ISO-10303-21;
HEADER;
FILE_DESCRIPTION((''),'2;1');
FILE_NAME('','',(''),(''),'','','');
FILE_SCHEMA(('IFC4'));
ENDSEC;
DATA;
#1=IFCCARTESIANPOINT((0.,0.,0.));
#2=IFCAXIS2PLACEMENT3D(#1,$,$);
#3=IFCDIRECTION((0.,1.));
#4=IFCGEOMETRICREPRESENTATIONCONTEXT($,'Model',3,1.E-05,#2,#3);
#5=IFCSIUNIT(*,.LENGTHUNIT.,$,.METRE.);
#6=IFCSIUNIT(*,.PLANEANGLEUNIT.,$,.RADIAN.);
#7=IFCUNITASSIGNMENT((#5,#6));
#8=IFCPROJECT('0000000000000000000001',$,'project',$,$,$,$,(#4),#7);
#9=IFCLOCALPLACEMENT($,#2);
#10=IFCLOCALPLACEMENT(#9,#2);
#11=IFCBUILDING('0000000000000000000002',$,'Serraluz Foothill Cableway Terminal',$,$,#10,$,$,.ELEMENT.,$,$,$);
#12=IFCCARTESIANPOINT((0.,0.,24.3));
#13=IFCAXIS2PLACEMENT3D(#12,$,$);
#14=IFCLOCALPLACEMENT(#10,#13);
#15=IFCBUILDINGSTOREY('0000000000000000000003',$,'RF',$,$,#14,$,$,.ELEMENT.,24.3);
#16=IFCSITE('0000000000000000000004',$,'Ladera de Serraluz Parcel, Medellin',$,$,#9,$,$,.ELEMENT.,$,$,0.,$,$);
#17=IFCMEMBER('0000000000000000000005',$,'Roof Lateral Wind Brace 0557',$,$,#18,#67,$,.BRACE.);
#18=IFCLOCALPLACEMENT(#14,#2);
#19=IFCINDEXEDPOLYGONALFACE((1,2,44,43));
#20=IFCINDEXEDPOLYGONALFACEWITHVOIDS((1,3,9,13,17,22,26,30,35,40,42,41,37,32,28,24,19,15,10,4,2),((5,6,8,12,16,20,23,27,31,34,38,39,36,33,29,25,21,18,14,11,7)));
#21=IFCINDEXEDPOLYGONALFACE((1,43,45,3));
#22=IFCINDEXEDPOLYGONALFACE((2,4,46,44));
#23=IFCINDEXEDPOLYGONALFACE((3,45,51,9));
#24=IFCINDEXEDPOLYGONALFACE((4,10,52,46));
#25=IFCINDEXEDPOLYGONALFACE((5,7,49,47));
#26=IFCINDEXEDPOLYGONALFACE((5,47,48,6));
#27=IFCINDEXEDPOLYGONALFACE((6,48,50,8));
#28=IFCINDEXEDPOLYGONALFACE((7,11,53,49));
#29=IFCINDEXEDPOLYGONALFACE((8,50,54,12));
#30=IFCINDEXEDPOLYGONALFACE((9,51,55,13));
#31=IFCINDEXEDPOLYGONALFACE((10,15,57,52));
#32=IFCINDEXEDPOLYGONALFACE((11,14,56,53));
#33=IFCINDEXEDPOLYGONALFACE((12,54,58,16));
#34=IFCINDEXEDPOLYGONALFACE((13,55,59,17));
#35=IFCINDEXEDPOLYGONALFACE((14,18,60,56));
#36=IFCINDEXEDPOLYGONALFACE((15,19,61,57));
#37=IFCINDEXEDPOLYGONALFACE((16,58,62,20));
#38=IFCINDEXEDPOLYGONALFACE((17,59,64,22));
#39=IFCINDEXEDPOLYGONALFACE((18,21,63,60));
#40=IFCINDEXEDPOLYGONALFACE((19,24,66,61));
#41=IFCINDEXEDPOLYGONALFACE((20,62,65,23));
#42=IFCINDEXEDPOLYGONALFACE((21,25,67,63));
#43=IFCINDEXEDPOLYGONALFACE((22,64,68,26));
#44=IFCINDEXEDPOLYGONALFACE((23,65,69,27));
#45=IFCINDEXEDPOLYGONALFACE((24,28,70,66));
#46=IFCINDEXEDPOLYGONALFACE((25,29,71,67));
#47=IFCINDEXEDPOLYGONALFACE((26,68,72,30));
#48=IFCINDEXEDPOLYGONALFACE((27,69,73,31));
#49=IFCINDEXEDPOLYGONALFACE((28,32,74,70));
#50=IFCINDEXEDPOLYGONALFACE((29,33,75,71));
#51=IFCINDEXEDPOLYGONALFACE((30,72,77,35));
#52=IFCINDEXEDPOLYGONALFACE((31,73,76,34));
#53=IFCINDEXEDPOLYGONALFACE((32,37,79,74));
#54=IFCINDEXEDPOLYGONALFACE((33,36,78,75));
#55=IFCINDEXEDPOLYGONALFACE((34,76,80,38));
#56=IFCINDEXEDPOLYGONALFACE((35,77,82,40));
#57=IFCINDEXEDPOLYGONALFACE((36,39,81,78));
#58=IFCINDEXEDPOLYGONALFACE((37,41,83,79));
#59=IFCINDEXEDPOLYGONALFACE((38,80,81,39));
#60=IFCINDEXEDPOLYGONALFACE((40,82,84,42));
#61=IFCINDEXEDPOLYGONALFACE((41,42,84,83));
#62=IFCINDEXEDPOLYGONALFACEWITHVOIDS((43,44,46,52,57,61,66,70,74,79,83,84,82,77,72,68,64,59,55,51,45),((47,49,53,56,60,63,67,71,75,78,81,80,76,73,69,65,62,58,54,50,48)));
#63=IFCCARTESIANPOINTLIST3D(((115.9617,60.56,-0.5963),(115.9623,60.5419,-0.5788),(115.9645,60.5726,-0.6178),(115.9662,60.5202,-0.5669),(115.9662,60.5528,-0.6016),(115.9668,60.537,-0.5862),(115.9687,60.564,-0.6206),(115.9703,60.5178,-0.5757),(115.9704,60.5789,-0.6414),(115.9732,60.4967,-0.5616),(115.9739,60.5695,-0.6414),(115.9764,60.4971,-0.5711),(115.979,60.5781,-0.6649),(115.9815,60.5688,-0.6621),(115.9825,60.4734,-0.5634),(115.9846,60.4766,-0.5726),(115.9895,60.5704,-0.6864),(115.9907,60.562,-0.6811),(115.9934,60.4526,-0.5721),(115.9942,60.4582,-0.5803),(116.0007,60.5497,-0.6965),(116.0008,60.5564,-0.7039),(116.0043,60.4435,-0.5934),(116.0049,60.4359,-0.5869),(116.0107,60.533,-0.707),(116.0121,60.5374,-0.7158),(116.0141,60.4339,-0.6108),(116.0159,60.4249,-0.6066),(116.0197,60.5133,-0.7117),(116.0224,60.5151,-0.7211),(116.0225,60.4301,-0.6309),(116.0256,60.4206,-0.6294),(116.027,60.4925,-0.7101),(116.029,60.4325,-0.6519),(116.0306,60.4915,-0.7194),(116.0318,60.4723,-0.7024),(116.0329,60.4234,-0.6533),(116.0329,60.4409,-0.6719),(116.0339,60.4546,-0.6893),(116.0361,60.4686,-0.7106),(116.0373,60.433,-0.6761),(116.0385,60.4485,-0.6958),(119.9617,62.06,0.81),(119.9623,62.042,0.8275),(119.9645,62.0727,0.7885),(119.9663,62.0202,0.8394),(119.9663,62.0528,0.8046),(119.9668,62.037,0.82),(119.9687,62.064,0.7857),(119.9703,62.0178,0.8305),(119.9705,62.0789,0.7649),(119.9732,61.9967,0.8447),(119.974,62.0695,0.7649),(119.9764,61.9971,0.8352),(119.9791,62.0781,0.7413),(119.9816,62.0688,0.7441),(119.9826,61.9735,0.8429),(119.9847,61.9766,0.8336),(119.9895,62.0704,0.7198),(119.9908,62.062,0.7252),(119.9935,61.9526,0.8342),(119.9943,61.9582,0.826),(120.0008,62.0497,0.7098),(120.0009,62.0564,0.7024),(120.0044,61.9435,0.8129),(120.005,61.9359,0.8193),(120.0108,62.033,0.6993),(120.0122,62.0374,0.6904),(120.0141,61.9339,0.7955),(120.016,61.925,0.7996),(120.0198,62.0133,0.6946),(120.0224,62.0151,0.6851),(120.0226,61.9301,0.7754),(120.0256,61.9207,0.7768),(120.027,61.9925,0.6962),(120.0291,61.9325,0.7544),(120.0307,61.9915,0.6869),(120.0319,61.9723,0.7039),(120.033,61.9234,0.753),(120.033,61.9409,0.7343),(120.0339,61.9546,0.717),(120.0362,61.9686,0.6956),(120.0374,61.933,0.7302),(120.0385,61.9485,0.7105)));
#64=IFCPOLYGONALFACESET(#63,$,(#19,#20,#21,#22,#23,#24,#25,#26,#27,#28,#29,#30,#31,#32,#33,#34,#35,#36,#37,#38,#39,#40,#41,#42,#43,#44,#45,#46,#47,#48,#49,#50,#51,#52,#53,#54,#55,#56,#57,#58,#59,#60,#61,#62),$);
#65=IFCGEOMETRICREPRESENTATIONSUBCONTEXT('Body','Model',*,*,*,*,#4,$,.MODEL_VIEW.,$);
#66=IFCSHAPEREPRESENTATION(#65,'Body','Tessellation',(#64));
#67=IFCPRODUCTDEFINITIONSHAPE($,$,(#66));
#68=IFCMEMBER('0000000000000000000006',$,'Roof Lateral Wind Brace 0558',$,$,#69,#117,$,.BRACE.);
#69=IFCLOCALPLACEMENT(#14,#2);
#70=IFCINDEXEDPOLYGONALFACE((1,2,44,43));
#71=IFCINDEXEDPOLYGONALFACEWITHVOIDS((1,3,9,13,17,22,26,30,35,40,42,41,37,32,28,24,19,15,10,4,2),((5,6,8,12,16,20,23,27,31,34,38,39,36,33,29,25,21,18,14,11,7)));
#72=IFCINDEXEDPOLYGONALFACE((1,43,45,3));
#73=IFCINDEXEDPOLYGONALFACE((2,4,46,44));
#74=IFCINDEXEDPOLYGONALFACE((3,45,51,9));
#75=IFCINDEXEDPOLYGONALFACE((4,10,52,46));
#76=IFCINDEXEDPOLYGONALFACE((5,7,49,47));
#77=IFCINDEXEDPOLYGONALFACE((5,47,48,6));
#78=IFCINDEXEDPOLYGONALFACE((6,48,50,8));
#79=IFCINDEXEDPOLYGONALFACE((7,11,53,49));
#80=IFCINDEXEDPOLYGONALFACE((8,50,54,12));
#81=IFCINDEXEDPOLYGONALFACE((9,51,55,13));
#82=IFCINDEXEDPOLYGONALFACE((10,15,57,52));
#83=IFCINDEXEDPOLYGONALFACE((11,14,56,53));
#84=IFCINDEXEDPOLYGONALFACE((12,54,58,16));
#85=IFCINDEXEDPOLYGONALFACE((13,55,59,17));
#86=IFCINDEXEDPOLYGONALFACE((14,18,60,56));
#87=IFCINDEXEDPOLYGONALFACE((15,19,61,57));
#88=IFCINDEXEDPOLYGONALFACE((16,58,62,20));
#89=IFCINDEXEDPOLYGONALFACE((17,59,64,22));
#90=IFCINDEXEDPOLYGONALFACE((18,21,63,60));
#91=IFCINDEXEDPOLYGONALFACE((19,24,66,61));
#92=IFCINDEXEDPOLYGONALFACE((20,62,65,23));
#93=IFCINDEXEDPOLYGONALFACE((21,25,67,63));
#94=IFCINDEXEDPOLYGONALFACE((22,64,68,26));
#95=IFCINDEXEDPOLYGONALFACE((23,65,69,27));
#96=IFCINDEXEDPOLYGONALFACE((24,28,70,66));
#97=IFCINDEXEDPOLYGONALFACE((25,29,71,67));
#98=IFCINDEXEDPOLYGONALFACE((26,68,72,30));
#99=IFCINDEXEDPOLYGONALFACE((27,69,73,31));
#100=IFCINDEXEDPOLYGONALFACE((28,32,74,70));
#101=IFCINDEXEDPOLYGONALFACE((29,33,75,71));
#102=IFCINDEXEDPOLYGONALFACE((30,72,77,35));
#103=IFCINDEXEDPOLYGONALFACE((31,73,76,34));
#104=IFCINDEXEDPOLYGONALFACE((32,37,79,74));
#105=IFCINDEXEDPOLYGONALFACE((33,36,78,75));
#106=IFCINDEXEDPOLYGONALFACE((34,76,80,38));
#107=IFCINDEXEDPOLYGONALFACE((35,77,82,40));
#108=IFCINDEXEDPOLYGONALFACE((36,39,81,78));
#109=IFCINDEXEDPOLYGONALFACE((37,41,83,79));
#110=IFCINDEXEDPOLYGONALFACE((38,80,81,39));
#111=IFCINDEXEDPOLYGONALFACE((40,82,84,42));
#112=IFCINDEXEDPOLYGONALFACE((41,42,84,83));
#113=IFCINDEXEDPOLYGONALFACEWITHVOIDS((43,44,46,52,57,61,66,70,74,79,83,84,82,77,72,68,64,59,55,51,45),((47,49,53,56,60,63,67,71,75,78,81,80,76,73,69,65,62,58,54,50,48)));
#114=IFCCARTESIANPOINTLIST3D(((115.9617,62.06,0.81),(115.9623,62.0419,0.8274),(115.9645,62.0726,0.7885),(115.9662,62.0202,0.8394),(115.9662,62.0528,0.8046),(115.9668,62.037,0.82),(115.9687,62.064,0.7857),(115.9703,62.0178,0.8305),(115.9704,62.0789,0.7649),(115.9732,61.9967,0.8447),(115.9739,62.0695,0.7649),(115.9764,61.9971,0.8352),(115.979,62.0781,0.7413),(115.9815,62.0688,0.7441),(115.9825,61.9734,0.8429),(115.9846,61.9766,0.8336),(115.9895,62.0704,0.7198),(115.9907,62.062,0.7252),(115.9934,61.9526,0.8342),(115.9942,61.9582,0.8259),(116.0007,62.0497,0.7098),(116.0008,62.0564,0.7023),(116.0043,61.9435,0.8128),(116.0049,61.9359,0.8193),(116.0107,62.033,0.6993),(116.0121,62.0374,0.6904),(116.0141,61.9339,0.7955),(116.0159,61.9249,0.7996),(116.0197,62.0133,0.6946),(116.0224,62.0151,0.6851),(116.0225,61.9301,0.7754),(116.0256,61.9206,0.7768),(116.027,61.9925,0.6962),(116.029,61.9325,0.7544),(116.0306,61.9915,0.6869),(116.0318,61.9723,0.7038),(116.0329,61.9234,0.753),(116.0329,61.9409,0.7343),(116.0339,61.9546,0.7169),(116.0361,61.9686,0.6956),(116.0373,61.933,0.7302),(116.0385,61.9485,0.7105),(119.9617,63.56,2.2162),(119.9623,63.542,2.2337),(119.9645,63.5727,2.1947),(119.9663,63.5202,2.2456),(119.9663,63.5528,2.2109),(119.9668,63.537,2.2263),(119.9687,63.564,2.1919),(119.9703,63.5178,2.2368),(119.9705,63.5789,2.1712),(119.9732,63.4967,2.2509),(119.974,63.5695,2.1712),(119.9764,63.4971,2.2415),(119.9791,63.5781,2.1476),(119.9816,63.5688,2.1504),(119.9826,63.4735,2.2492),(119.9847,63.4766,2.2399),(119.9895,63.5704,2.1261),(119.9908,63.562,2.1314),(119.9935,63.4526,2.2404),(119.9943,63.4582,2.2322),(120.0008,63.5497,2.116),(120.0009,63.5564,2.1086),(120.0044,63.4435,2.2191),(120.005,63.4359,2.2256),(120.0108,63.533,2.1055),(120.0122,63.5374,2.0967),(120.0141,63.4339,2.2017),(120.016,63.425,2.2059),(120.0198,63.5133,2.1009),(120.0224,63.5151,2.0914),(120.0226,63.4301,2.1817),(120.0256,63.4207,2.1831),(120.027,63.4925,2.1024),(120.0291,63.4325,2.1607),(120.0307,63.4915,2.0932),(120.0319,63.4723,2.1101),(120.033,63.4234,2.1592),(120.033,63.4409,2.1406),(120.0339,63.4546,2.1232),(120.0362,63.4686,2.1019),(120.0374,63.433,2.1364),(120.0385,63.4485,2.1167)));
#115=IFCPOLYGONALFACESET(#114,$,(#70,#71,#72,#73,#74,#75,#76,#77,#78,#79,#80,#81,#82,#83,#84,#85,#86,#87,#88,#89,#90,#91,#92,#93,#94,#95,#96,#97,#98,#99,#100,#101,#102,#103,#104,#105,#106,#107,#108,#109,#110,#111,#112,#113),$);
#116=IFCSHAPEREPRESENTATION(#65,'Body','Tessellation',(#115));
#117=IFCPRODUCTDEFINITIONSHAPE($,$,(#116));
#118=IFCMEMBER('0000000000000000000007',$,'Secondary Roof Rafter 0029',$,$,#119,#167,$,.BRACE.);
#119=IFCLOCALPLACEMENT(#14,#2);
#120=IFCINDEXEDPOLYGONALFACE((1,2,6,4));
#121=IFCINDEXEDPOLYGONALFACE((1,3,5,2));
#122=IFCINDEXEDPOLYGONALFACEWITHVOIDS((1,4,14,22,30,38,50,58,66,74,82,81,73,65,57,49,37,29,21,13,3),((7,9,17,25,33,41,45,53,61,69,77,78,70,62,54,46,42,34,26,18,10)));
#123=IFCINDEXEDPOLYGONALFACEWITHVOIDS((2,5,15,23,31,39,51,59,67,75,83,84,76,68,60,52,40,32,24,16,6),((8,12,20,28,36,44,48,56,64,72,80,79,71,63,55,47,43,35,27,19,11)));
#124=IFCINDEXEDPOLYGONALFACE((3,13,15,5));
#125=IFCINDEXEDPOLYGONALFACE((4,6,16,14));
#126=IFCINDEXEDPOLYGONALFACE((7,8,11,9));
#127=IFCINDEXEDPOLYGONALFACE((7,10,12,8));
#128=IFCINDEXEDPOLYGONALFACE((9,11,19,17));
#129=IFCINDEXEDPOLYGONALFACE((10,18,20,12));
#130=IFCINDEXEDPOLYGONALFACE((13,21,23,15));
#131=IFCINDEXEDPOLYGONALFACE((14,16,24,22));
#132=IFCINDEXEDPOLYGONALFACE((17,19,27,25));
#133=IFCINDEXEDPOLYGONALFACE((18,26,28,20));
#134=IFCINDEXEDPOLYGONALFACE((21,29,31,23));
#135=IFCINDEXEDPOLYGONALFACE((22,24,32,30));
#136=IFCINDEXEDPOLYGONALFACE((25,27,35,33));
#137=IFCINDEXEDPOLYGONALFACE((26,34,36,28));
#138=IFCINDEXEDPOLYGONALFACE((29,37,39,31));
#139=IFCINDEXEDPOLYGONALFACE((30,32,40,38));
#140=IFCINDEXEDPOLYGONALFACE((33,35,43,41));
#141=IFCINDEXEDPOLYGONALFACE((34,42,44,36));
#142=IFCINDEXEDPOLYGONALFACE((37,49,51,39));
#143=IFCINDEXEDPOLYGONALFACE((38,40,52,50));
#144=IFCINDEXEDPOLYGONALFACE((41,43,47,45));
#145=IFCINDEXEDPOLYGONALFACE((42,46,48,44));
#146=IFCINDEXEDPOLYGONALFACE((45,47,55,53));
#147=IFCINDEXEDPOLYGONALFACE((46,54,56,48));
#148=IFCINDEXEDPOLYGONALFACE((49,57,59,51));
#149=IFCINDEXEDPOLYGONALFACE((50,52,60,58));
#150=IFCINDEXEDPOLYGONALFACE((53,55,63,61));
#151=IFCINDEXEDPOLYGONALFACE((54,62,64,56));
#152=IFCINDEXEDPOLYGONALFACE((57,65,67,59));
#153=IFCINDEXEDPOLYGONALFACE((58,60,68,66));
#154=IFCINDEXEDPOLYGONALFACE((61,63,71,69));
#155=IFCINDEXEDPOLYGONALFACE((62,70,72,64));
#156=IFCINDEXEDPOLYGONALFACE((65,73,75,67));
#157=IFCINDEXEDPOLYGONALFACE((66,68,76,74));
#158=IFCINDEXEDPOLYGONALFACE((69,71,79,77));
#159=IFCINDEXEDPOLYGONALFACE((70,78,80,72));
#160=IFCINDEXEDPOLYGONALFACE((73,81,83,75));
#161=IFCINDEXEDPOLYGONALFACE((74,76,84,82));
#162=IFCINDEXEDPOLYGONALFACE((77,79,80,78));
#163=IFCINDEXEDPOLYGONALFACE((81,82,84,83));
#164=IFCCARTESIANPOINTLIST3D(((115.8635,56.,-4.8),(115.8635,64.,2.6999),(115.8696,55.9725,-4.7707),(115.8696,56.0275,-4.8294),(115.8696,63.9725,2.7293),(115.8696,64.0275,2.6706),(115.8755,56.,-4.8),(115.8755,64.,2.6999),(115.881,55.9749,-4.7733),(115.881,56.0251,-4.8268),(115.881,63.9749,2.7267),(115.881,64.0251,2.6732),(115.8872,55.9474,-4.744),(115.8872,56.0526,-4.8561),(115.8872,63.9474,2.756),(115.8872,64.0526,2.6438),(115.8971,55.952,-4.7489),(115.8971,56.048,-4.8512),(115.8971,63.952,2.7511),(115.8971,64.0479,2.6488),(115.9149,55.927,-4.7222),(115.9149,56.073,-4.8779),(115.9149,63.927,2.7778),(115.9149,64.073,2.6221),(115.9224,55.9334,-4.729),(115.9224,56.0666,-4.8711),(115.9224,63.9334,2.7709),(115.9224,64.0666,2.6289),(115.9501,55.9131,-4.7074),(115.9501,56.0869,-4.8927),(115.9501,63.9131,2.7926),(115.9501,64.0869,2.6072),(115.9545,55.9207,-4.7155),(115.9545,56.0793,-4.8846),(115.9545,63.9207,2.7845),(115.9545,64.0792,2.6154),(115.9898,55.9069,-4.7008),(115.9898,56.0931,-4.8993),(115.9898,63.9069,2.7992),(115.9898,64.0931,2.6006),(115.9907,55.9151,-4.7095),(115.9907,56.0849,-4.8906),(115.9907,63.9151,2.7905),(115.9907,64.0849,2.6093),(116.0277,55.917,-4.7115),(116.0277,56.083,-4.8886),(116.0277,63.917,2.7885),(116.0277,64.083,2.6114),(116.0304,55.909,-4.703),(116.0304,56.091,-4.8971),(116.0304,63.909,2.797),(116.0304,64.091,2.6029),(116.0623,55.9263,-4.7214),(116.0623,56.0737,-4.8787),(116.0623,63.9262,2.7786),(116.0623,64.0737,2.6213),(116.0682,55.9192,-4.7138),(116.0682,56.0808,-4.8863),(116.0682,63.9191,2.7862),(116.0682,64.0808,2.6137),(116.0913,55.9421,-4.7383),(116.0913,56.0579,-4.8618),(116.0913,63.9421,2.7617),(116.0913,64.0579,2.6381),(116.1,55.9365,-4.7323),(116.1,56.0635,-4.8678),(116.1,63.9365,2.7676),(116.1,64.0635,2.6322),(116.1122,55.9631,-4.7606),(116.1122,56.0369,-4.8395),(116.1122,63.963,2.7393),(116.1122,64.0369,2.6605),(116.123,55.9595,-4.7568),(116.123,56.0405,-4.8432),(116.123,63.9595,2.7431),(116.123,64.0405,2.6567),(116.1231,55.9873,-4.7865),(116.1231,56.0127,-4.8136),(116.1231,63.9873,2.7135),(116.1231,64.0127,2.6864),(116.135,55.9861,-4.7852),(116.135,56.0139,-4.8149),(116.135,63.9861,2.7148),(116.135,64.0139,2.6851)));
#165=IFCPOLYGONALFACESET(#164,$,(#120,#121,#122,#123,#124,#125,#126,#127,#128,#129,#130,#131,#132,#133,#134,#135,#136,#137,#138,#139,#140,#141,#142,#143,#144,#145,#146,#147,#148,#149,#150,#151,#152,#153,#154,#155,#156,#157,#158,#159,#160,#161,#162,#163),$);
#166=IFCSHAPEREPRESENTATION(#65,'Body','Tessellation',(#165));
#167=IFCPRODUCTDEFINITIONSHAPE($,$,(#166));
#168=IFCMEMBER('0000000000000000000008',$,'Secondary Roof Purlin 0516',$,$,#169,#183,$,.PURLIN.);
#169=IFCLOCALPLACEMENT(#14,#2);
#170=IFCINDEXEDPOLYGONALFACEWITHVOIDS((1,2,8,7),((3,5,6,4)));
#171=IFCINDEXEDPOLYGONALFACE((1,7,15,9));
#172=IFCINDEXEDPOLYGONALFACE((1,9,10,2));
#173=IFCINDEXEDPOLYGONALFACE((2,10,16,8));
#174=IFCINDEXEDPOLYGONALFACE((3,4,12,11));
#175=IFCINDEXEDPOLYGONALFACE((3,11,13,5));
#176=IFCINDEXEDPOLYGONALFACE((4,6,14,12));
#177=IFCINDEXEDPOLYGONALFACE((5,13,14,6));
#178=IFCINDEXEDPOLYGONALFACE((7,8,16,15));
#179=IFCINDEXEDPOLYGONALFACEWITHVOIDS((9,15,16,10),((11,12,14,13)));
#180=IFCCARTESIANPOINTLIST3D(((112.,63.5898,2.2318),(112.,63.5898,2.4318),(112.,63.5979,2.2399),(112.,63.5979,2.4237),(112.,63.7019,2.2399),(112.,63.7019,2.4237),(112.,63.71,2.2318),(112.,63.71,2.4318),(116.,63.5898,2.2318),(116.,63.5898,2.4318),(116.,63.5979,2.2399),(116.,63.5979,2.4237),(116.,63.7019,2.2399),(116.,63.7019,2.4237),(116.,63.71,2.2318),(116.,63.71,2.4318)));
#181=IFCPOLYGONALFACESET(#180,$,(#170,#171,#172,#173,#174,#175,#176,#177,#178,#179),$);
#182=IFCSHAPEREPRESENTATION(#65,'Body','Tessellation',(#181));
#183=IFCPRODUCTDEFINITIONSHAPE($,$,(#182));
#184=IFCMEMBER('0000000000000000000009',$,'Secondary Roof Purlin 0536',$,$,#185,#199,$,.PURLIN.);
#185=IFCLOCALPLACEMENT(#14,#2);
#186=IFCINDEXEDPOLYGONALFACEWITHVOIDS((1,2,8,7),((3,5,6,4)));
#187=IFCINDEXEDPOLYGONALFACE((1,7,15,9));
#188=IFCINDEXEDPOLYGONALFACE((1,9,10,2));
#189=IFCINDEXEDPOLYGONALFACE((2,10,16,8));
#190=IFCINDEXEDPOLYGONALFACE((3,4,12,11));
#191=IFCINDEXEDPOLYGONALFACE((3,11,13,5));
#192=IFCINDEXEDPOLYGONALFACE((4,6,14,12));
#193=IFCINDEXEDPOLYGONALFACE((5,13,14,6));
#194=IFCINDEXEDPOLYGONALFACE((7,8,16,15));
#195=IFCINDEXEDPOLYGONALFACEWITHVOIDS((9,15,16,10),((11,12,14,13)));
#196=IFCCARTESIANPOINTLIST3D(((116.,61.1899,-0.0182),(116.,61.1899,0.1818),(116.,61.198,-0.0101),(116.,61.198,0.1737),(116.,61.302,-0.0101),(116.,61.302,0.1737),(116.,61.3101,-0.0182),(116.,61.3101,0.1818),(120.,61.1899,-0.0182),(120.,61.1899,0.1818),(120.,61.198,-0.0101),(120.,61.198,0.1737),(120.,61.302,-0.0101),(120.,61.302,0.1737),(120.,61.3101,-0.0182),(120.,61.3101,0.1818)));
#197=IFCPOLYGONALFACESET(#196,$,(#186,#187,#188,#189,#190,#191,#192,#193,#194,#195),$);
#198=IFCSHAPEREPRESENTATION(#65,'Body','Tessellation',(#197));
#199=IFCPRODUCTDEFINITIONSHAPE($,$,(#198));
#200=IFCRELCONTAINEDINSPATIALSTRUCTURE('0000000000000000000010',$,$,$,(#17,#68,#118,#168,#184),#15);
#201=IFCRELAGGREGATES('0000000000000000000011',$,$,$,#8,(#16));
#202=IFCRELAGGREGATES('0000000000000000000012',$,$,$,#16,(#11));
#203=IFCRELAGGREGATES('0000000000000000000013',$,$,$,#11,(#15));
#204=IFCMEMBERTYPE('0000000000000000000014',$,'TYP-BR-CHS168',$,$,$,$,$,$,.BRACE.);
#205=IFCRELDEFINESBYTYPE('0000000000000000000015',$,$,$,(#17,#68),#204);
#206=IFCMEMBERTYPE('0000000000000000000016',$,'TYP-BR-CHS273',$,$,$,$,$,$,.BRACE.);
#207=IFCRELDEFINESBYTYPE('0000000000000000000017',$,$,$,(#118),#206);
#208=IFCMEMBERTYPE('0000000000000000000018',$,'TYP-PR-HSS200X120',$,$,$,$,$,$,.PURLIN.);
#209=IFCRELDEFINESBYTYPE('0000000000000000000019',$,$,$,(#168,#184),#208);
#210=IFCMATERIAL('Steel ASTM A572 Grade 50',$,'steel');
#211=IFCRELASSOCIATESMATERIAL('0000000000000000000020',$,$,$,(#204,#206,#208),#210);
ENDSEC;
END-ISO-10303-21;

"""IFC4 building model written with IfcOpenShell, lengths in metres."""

from ifc_helpers import new_model, si_unit, direction, frame, origin, origin_2d, place, context, subcontext, project, spatial, hollow_rectangle, hollow_circle, extrude, material, material_profile, profile_set, type_object, element, save


model = new_model("IFC4")

# Units and contexts
model_context = context("Model", 3, precision=1e-05, world=origin(), true_north=direction((0.0, 1.0)))
body_context = subcontext(model_context, "Body", "Model", "MODEL_VIEW")
ifc_project = project(units=[si_unit("LENGTHUNIT", "METRE"), si_unit("PLANEANGLEUNIT", "RADIAN")], contexts=[model_context])

# Site, building, storey
site_placement = place(None, origin())
site = spatial("IfcSite", under=ifc_project, at=site_placement, Name="Ladera de Serraluz Parcel, Medellin", CompositionType="ELEMENT", RefElevation=0.0)
building_placement = place(site_placement, origin())
building = spatial("IfcBuilding", under=site, at=building_placement, Name="Serraluz Foothill Cableway Terminal", CompositionType="ELEMENT")
storey_placement = place(building_placement, frame((0.0, 0.0, 24.3)))
storey = spatial("IfcBuildingStorey", under=building, at=storey_placement, Name="RF", CompositionType="ELEMENT", Elevation=24.3)

# Members
ifc_material_1 = material(Name="Steel ASTM A572 Grade 50", Category="steel")
ifc_material_profile_1 = material_profile(ifc_material_1, hollow_circle(Radius=0.0842, WallThickness=0.01, at=origin_2d()), Name="CHS168X10")
ifc_profile_set_1 = profile_set([ifc_material_profile_1], Name="Steel ASTM A572 Grade 50")
member_type_1 = type_object("IfcMemberType", Name="TYP-BR-CHS168", PredefinedType="BRACE", material=ifc_profile_set_1)
for number, where, z_axis, x_axis, name in (
    (1, (116.0, 60.5, -0.6414), (0.889382, 0.333518, 0.312673), (-0.351123, 0.936329, 0.0), "Roof Lateral Wind Brace 0557"),
    (2, (116.0, 62.0, 0.7649), (0.889382, 0.333518, 0.312673), (-0.351123, 0.936329, 0.0), "Roof Lateral Wind Brace 0558"),
):
    element("IfcMember", number, at=place(storey_placement, frame(where, z_axis=z_axis, x_axis=x_axis)), inside=storey, type_object=member_type_1, Name=name, PredefinedType="BRACE", context=body_context, shape_type="SweptSolid", body=[
        extrude(hollow_circle(Radius=0.0842, WallThickness=0.01, at=origin_2d()), origin(), (0.0, 0.0, 1.0), 4.4976),
    ])
ifc_material_profile_2 = material_profile(ifc_material_1, hollow_circle(Radius=0.1365, WallThickness=0.012, at=origin_2d()), Name="CHS273X12")
ifc_profile_set_2 = profile_set([ifc_material_profile_2], Name="Steel ASTM A572 Grade 50")
member_type_2 = type_object("IfcMemberType", Name="TYP-BR-CHS273", PredefinedType="BRACE", material=ifc_profile_set_2)
member_placement = place(storey_placement, frame((116.0, 56.0, -4.8), z_axis=(0.0, 0.729537, 0.683941), x_axis=(-1.0, 0.0, 0.0)))
element("IfcMember", 3, at=member_placement, inside=storey, type_object=member_type_2, Name="Secondary Roof Rafter 0029", PredefinedType="BRACE", context=body_context, shape_type="SweptSolid", body=[
    extrude(hollow_circle(Radius=0.1365, WallThickness=0.012, at=origin_2d()), origin(), (0.0, 0.0, 1.0), 10.9658),
])
ifc_material_profile_3 = material_profile(ifc_material_1, hollow_rectangle(XDim=0.1201, YDim=0.2, WallThickness=0.0081, at=origin_2d()), Name="HSS200X120X8")
ifc_profile_set_3 = profile_set([ifc_material_profile_3], Name="Steel ASTM A572 Grade 50")
member_type_3 = type_object("IfcMemberType", Name="TYP-PR-HSS200X120", PredefinedType="PURLIN", material=ifc_profile_set_3)
for number, where, z_axis, x_axis, name in (
    (4, (112.0, 63.6499, 2.3318), (1.0, 0.0, 0.0), (0.0, 1.0, 0.0), "Secondary Roof Purlin 0516"),
    (5, (116.0, 61.25, 0.0818), (1.0, 0.0, 0.0), (0.0, 1.0, 0.0), "Secondary Roof Purlin 0536"),
):
    element("IfcMember", number, at=place(storey_placement, frame(where, z_axis=z_axis, x_axis=x_axis)), inside=storey, type_object=member_type_3, Name=name, PredefinedType="PURLIN", context=body_context, shape_type="SweptSolid", body=[
        extrude(hollow_rectangle(XDim=0.1201, YDim=0.2, WallThickness=0.0081, at=origin_2d()), origin(), (0.0, 0.0, 1.0), 4.0),
    ])

save(model, "model.ifc")
